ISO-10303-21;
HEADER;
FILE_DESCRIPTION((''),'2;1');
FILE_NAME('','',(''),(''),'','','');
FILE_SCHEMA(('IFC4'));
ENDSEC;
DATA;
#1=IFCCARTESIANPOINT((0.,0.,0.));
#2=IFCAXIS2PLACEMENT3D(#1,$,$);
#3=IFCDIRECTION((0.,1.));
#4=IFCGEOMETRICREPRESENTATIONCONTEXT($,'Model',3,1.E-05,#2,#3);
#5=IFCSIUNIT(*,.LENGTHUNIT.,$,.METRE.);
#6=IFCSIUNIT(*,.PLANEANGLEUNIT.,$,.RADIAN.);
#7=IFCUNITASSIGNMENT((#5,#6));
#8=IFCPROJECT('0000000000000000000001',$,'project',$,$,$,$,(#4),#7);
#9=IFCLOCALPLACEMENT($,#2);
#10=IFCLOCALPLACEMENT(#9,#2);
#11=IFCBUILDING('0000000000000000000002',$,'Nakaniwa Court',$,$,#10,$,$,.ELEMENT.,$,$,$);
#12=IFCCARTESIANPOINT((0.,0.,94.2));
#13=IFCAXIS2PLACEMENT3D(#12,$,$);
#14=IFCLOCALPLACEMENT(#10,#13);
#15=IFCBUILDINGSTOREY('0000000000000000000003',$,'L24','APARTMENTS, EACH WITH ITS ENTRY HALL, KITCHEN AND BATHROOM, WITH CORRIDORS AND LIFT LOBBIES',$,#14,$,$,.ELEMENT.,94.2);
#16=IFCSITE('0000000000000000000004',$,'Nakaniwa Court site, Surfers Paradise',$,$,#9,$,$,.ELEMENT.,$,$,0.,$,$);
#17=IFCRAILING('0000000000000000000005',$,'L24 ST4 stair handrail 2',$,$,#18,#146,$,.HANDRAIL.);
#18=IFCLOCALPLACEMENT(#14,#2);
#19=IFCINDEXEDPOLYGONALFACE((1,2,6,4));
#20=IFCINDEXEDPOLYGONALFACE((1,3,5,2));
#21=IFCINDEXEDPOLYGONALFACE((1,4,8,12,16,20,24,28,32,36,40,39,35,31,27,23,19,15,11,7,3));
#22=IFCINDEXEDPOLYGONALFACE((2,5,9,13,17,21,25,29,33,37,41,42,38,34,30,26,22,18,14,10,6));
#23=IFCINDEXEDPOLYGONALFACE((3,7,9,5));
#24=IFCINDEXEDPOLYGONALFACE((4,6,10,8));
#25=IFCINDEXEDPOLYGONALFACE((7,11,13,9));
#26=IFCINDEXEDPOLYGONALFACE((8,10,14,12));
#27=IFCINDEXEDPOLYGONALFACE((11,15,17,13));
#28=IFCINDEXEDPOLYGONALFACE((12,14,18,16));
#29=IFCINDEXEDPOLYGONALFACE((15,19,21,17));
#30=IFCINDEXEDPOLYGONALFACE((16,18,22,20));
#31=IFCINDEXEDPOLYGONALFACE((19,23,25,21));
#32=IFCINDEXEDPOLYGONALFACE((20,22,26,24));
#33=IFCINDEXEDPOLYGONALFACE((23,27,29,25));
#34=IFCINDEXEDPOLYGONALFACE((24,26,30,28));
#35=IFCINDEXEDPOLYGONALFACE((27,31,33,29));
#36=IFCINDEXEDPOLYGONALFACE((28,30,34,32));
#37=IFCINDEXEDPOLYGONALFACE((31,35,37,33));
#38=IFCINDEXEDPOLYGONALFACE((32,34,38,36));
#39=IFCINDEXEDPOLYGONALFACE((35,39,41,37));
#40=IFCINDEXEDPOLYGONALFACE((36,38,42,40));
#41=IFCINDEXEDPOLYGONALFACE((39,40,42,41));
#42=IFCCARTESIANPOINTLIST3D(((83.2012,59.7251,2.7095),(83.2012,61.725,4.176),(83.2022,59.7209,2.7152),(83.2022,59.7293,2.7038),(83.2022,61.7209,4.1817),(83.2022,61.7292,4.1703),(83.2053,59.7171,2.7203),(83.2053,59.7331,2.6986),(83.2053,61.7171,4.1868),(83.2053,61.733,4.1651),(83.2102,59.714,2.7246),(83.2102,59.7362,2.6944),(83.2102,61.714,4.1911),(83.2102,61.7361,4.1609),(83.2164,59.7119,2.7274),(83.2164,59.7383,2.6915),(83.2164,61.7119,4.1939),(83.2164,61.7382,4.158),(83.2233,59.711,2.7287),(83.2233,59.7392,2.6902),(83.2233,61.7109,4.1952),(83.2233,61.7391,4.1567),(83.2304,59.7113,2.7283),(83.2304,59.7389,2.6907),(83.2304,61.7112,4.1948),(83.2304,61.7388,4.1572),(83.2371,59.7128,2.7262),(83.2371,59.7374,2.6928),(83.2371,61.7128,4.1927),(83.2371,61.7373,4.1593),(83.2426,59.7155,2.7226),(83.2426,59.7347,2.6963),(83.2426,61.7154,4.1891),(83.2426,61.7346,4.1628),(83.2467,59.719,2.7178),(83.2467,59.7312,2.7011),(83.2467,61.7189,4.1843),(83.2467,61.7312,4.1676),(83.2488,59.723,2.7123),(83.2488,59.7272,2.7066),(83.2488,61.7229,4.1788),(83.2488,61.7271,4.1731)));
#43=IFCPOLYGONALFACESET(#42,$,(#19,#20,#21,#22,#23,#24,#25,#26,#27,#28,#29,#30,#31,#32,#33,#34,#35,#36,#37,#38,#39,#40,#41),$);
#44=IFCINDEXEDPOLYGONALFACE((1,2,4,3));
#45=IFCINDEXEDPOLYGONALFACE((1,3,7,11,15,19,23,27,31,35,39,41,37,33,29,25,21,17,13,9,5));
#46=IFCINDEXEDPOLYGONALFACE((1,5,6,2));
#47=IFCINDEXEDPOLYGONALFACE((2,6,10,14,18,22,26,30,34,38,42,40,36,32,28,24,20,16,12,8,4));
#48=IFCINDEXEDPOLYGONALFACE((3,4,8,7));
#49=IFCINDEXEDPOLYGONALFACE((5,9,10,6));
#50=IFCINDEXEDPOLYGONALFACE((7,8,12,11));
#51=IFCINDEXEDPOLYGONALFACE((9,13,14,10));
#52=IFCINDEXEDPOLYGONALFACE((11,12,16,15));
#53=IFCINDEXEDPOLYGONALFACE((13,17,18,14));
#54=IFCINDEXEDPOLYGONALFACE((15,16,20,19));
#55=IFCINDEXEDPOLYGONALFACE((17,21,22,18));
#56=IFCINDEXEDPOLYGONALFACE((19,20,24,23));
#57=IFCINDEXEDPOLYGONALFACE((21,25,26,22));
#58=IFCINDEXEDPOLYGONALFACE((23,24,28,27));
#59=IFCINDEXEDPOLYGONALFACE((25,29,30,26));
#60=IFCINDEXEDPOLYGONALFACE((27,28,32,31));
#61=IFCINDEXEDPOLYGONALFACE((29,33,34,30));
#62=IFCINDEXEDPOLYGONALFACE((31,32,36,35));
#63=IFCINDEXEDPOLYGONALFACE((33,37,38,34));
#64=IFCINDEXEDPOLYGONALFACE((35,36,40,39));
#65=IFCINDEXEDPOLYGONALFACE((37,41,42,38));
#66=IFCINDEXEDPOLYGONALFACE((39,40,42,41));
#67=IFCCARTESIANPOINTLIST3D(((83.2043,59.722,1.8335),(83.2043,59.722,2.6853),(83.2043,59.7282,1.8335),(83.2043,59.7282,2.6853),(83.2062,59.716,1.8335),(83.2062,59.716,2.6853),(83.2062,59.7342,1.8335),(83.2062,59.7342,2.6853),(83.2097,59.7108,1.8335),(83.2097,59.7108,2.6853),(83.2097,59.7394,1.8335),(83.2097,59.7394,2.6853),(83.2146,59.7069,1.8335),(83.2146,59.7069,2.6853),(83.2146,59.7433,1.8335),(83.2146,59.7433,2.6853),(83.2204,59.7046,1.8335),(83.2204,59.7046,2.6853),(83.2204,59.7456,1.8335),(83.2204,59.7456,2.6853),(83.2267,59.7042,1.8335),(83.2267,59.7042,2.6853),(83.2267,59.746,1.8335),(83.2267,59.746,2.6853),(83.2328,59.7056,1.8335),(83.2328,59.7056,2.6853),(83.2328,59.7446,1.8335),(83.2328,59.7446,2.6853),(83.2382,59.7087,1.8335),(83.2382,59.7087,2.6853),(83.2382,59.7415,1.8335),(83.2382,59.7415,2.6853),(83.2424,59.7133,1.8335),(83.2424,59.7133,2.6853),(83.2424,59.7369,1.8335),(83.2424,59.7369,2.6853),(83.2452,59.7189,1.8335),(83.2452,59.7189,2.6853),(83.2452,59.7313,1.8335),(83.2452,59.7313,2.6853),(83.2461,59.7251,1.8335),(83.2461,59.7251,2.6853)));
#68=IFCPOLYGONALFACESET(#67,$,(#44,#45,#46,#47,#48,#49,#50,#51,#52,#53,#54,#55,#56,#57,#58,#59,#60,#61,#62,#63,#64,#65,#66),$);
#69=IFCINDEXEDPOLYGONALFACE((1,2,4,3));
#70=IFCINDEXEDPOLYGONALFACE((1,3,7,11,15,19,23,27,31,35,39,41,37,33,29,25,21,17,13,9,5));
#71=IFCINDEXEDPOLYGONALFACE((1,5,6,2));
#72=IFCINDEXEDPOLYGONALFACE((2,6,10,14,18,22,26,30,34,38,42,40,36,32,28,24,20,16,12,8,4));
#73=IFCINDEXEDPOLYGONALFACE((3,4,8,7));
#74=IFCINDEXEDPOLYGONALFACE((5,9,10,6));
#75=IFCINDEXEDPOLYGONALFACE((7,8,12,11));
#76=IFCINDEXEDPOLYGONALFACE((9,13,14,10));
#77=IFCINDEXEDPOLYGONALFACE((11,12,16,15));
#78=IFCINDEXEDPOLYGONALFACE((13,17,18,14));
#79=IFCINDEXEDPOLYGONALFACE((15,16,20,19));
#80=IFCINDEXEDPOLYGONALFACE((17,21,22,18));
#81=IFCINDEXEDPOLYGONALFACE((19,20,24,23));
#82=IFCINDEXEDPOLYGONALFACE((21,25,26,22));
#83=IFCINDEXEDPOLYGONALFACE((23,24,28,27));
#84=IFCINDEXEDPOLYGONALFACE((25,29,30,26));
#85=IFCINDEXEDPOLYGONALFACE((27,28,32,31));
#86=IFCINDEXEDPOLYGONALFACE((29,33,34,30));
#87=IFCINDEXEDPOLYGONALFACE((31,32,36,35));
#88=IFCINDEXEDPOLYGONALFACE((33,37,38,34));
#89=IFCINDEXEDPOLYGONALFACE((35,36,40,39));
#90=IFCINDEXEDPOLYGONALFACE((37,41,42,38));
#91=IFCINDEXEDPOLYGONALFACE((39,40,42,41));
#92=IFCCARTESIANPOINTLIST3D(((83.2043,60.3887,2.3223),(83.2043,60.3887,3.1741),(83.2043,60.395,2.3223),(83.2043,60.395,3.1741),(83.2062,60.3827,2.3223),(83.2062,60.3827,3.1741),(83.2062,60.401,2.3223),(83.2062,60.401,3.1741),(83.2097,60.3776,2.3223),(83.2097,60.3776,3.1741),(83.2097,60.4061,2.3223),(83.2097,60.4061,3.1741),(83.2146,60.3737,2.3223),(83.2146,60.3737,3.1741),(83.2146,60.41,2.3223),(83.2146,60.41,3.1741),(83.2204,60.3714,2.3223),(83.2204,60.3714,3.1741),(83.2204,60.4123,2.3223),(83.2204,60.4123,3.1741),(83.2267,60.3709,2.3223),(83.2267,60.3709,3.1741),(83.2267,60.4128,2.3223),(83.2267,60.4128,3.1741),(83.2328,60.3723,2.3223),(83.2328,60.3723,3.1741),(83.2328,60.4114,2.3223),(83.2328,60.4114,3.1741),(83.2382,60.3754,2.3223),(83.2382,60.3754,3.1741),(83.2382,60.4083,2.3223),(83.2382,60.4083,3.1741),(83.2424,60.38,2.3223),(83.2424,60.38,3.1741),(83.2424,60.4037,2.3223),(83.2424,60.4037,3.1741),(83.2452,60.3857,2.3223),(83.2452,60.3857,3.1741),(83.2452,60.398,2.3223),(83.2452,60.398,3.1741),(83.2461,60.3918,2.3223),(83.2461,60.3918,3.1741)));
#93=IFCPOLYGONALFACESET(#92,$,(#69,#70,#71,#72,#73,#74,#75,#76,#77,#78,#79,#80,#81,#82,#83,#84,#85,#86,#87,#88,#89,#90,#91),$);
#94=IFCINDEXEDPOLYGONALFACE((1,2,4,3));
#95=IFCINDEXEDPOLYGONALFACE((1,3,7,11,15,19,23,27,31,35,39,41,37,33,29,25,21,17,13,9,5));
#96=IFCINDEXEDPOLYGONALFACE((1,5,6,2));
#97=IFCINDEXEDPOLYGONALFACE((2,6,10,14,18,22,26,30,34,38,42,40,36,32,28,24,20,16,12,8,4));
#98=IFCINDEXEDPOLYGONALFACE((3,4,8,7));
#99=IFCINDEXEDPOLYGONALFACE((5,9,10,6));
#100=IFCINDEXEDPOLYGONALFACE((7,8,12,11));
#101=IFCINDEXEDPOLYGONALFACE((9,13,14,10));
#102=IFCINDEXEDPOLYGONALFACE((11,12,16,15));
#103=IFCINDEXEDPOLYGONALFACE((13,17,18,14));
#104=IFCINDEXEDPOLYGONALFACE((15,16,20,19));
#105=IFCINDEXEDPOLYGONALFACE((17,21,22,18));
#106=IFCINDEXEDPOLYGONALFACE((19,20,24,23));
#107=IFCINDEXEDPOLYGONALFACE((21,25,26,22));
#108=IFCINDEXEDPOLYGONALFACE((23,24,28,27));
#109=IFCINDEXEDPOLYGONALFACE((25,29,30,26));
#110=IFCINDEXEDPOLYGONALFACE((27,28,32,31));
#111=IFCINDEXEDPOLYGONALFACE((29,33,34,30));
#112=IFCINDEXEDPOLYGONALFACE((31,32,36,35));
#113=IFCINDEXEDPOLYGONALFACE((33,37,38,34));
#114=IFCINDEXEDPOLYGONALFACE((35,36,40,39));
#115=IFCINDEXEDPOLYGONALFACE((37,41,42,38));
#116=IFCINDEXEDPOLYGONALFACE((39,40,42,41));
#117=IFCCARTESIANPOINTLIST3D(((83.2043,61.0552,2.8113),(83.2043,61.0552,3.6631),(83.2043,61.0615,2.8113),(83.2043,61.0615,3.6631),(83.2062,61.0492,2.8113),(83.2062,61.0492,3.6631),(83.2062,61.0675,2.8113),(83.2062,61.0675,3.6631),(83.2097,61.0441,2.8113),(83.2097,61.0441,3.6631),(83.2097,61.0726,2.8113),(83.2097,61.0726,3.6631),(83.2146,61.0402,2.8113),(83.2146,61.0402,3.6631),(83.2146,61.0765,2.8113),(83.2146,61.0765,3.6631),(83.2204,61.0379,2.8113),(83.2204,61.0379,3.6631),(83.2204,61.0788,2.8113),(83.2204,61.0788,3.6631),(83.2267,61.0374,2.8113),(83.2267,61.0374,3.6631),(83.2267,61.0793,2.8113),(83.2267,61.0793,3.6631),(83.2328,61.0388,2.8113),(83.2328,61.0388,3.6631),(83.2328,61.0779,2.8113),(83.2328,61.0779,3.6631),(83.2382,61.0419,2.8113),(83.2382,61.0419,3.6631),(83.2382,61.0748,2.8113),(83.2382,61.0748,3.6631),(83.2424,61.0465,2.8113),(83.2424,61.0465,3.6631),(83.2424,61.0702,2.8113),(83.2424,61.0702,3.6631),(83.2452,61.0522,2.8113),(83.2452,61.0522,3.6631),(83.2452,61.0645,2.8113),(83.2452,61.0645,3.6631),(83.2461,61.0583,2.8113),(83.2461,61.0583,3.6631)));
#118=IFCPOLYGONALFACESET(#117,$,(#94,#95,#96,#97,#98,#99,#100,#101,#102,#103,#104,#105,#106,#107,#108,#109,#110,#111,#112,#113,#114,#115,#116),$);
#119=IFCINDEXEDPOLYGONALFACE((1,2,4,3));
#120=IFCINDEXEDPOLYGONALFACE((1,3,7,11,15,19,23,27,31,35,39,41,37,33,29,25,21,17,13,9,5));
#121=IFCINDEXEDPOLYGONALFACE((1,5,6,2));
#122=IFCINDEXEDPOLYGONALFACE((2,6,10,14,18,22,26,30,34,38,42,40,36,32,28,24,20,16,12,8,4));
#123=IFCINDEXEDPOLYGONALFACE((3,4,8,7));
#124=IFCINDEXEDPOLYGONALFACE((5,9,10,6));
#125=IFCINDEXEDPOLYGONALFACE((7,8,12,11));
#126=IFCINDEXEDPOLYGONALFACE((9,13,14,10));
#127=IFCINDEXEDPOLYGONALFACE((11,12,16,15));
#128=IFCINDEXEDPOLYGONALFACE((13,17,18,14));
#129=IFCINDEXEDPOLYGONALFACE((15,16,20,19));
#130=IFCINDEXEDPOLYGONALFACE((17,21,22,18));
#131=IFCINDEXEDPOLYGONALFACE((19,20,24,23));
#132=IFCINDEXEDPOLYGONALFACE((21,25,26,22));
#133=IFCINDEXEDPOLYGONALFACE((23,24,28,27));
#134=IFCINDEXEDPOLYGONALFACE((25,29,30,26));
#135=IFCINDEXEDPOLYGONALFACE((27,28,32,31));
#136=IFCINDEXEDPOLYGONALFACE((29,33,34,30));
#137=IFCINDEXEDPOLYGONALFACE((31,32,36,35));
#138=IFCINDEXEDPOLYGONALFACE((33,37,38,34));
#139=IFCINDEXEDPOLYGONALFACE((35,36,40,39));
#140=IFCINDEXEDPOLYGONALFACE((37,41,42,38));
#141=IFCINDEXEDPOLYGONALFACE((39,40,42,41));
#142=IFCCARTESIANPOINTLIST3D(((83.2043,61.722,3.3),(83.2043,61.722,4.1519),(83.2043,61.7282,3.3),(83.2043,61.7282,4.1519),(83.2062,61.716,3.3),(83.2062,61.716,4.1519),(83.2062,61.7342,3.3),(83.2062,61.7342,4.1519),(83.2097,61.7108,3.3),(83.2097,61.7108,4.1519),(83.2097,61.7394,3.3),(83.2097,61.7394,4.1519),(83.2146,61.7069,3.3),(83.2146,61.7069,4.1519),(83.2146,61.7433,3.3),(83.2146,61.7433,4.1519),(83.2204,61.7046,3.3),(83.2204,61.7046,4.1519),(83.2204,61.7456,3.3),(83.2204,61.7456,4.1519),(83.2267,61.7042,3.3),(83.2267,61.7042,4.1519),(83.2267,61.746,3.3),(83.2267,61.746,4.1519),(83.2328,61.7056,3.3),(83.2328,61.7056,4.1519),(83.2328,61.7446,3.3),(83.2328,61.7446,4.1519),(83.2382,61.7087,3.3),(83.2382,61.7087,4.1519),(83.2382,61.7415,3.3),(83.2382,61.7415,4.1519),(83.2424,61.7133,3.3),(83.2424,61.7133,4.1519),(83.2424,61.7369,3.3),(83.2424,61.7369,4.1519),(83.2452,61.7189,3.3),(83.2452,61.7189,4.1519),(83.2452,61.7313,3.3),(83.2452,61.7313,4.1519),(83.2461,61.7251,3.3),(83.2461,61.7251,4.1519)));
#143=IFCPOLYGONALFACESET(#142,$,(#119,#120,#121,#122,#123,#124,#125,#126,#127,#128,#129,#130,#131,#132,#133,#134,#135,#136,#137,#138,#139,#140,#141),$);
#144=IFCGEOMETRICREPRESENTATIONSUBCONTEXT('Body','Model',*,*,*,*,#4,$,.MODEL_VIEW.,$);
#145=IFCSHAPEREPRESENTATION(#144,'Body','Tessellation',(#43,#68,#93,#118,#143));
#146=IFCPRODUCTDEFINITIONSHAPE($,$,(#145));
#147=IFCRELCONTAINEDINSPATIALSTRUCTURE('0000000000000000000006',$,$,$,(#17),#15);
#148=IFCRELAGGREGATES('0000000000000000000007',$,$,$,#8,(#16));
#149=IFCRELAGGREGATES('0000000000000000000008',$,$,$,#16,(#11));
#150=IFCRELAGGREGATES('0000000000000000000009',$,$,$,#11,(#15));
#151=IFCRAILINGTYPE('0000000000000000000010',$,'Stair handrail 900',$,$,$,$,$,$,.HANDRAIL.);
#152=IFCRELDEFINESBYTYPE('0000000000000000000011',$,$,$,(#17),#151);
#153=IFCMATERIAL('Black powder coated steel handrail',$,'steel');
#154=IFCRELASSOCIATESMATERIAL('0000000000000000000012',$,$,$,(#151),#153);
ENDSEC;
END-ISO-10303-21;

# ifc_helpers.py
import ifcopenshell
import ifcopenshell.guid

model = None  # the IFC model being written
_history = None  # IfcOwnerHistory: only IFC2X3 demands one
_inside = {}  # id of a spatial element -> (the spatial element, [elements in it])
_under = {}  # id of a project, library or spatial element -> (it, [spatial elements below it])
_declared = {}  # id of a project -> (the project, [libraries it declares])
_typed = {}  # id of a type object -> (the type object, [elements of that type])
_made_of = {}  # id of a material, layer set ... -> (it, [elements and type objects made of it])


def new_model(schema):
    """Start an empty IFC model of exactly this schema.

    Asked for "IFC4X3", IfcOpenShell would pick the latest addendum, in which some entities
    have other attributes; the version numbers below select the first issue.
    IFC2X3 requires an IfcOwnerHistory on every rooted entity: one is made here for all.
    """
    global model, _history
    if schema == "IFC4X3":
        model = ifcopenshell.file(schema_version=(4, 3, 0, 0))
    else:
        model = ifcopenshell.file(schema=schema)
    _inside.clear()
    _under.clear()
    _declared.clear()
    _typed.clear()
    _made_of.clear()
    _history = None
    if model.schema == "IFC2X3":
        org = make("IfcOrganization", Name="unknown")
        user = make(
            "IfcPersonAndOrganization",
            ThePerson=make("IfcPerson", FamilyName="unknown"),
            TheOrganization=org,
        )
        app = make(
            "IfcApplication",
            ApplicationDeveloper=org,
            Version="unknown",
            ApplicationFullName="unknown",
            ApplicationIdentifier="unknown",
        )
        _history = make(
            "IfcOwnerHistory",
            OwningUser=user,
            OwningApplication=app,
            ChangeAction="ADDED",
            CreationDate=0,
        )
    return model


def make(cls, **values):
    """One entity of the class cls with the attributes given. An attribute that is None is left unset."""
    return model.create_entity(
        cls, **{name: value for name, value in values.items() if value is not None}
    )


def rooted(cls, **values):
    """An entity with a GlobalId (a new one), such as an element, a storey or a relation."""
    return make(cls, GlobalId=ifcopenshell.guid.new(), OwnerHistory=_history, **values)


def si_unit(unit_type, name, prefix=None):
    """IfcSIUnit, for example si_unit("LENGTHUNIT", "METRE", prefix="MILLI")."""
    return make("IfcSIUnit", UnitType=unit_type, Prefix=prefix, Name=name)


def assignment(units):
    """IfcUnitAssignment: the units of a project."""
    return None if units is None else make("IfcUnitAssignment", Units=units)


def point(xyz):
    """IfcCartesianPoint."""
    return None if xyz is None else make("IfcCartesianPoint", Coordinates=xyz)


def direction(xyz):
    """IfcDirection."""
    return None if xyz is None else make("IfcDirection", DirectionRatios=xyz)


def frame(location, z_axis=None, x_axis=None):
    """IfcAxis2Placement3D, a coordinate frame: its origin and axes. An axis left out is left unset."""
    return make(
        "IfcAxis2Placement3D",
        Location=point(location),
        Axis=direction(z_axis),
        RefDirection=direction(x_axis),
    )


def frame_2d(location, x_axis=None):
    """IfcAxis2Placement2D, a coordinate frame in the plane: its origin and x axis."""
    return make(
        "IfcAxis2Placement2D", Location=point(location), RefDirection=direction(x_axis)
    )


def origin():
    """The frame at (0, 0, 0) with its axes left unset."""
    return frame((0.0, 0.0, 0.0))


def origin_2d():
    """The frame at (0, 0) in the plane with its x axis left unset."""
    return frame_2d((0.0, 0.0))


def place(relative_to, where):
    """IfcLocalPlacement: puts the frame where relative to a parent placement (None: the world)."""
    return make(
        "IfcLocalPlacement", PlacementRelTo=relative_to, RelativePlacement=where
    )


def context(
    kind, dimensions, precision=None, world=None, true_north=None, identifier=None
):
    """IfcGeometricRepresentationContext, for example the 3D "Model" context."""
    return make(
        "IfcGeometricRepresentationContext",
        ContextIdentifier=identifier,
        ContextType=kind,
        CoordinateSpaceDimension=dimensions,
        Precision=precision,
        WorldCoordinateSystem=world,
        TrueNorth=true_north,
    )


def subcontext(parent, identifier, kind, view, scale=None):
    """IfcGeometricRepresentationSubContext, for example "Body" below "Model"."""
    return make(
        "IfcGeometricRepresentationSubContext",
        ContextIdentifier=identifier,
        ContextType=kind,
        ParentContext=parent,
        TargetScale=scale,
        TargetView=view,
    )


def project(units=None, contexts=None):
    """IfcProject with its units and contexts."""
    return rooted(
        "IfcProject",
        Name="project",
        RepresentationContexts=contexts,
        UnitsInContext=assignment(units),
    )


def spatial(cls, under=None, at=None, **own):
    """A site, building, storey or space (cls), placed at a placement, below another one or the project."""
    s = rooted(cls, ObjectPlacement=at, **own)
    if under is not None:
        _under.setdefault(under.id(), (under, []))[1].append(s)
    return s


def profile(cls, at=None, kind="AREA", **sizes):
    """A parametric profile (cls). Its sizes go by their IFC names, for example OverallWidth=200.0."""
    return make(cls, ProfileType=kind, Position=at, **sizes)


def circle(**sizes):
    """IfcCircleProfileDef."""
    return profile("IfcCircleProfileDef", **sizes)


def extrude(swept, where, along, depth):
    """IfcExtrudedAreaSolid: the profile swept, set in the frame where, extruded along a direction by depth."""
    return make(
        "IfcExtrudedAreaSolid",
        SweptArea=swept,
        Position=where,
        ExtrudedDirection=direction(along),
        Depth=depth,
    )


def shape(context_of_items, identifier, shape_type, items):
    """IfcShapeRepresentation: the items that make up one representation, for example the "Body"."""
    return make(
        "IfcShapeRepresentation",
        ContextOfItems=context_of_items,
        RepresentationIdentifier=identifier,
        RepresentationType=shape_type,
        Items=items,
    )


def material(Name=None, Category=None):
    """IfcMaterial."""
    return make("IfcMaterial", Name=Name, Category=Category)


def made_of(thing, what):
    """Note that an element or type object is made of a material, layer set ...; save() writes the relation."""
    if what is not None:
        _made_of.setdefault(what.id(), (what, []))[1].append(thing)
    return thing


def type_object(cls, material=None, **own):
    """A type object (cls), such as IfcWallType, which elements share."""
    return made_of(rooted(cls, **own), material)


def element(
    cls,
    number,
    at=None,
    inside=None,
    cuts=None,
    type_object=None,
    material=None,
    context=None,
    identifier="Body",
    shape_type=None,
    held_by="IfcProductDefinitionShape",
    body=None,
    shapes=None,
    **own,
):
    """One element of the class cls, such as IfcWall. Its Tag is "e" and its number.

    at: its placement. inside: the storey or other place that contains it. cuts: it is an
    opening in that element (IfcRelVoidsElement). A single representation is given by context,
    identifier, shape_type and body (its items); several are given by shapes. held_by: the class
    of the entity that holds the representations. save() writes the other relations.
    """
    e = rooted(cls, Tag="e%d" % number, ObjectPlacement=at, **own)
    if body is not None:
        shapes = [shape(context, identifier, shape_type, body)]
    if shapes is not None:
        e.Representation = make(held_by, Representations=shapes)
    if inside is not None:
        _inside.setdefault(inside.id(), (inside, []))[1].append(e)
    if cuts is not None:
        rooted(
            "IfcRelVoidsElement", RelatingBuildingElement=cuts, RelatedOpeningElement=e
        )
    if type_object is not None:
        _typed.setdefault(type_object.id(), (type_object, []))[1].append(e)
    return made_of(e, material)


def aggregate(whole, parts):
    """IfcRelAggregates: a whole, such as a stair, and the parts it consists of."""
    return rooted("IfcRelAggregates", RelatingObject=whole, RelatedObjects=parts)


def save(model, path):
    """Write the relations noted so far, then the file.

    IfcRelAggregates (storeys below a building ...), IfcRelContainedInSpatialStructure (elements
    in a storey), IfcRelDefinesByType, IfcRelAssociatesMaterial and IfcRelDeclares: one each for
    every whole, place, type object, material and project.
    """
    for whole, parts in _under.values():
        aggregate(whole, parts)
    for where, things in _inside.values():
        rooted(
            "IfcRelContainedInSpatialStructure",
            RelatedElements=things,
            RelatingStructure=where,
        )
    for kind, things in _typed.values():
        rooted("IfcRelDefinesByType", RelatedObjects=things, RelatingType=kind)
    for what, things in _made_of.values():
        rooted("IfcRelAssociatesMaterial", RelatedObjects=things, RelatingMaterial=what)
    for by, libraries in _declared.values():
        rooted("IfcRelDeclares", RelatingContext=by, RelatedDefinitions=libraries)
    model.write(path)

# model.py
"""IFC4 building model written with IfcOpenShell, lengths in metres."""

from ifc_helpers import new_model, si_unit, direction, frame, origin, origin_2d, place, context, subcontext, project, spatial, circle, extrude, material, type_object, element, save


model = new_model("IFC4")

# Units and contexts
model_context = context("Model", 3, precision=1e-05, world=origin(), true_north=direction((0.0, 1.0)))
body_context = subcontext(model_context, "Body", "Model", "MODEL_VIEW")
ifc_project = project(units=[si_unit("LENGTHUNIT", "METRE"), si_unit("PLANEANGLEUNIT", "RADIAN")], contexts=[model_context])

# Site, building, storey
site_placement = place(None, origin())
site = spatial("IfcSite", under=ifc_project, at=site_placement, Name="Nakaniwa Court site, Surfers Paradise", CompositionType="ELEMENT", RefElevation=0.0)
building_placement = place(site_placement, origin())
building = spatial("IfcBuilding", under=site, at=building_placement, Name="Nakaniwa Court", CompositionType="ELEMENT")
storey_placement = place(building_placement, frame((0.0, 0.0, 94.2)))
storey = spatial("IfcBuildingStorey", under=building, at=storey_placement, Name="L24", Description="APARTMENTS, EACH WITH ITS ENTRY HALL, KITCHEN AND BATHROOM, WITH CORRIDORS AND LIFT LOBBIES", CompositionType="ELEMENT", Elevation=94.2)

# Railing
ifc_material_1 = material(Name="Black powder coated steel handrail", Category="steel")
railing_type_1 = type_object("IfcRailingType", Name="Stair handrail 900", PredefinedType="HANDRAIL", material=ifc_material_1)
railing_1_placement = place(storey_placement, frame((83.2251, 59.7251, 1.8335)))
element("IfcRailing", 1, at=railing_1_placement, inside=storey, type_object=railing_type_1, Name="L24 ST4 stair handrail 2", PredefinedType="HANDRAIL", context=body_context, shape_type="SweptSolid", body=[
    extrude(circle(Radius=0.0239, at=origin_2d()), frame((0.0, 0.0, 0.876), z_axis=(0.0, 0.806427, 0.591334), x_axis=(-1.0, 0.0, 0.0)), (0.0, 0.0, 1.0), 2.48),
    extrude(circle(Radius=0.021, at=origin_2d()), origin(), (0.0, 0.0, 1.0), 0.8518),
    extrude(circle(Radius=0.021, at=origin_2d()), frame((0.0, 0.6667, 0.4888)), (0.0, 0.0, 1.0), 0.8518),
    extrude(circle(Radius=0.021, at=origin_2d()), frame((0.0, 1.3333, 0.9778)), (0.0, 0.0, 1.0), 0.8518),
    extrude(circle(Radius=0.021, at=origin_2d()), frame((0.0, 2.0, 1.4666)), (0.0, 0.0, 1.0), 0.8518),
])

save(model, "model.ifc")
